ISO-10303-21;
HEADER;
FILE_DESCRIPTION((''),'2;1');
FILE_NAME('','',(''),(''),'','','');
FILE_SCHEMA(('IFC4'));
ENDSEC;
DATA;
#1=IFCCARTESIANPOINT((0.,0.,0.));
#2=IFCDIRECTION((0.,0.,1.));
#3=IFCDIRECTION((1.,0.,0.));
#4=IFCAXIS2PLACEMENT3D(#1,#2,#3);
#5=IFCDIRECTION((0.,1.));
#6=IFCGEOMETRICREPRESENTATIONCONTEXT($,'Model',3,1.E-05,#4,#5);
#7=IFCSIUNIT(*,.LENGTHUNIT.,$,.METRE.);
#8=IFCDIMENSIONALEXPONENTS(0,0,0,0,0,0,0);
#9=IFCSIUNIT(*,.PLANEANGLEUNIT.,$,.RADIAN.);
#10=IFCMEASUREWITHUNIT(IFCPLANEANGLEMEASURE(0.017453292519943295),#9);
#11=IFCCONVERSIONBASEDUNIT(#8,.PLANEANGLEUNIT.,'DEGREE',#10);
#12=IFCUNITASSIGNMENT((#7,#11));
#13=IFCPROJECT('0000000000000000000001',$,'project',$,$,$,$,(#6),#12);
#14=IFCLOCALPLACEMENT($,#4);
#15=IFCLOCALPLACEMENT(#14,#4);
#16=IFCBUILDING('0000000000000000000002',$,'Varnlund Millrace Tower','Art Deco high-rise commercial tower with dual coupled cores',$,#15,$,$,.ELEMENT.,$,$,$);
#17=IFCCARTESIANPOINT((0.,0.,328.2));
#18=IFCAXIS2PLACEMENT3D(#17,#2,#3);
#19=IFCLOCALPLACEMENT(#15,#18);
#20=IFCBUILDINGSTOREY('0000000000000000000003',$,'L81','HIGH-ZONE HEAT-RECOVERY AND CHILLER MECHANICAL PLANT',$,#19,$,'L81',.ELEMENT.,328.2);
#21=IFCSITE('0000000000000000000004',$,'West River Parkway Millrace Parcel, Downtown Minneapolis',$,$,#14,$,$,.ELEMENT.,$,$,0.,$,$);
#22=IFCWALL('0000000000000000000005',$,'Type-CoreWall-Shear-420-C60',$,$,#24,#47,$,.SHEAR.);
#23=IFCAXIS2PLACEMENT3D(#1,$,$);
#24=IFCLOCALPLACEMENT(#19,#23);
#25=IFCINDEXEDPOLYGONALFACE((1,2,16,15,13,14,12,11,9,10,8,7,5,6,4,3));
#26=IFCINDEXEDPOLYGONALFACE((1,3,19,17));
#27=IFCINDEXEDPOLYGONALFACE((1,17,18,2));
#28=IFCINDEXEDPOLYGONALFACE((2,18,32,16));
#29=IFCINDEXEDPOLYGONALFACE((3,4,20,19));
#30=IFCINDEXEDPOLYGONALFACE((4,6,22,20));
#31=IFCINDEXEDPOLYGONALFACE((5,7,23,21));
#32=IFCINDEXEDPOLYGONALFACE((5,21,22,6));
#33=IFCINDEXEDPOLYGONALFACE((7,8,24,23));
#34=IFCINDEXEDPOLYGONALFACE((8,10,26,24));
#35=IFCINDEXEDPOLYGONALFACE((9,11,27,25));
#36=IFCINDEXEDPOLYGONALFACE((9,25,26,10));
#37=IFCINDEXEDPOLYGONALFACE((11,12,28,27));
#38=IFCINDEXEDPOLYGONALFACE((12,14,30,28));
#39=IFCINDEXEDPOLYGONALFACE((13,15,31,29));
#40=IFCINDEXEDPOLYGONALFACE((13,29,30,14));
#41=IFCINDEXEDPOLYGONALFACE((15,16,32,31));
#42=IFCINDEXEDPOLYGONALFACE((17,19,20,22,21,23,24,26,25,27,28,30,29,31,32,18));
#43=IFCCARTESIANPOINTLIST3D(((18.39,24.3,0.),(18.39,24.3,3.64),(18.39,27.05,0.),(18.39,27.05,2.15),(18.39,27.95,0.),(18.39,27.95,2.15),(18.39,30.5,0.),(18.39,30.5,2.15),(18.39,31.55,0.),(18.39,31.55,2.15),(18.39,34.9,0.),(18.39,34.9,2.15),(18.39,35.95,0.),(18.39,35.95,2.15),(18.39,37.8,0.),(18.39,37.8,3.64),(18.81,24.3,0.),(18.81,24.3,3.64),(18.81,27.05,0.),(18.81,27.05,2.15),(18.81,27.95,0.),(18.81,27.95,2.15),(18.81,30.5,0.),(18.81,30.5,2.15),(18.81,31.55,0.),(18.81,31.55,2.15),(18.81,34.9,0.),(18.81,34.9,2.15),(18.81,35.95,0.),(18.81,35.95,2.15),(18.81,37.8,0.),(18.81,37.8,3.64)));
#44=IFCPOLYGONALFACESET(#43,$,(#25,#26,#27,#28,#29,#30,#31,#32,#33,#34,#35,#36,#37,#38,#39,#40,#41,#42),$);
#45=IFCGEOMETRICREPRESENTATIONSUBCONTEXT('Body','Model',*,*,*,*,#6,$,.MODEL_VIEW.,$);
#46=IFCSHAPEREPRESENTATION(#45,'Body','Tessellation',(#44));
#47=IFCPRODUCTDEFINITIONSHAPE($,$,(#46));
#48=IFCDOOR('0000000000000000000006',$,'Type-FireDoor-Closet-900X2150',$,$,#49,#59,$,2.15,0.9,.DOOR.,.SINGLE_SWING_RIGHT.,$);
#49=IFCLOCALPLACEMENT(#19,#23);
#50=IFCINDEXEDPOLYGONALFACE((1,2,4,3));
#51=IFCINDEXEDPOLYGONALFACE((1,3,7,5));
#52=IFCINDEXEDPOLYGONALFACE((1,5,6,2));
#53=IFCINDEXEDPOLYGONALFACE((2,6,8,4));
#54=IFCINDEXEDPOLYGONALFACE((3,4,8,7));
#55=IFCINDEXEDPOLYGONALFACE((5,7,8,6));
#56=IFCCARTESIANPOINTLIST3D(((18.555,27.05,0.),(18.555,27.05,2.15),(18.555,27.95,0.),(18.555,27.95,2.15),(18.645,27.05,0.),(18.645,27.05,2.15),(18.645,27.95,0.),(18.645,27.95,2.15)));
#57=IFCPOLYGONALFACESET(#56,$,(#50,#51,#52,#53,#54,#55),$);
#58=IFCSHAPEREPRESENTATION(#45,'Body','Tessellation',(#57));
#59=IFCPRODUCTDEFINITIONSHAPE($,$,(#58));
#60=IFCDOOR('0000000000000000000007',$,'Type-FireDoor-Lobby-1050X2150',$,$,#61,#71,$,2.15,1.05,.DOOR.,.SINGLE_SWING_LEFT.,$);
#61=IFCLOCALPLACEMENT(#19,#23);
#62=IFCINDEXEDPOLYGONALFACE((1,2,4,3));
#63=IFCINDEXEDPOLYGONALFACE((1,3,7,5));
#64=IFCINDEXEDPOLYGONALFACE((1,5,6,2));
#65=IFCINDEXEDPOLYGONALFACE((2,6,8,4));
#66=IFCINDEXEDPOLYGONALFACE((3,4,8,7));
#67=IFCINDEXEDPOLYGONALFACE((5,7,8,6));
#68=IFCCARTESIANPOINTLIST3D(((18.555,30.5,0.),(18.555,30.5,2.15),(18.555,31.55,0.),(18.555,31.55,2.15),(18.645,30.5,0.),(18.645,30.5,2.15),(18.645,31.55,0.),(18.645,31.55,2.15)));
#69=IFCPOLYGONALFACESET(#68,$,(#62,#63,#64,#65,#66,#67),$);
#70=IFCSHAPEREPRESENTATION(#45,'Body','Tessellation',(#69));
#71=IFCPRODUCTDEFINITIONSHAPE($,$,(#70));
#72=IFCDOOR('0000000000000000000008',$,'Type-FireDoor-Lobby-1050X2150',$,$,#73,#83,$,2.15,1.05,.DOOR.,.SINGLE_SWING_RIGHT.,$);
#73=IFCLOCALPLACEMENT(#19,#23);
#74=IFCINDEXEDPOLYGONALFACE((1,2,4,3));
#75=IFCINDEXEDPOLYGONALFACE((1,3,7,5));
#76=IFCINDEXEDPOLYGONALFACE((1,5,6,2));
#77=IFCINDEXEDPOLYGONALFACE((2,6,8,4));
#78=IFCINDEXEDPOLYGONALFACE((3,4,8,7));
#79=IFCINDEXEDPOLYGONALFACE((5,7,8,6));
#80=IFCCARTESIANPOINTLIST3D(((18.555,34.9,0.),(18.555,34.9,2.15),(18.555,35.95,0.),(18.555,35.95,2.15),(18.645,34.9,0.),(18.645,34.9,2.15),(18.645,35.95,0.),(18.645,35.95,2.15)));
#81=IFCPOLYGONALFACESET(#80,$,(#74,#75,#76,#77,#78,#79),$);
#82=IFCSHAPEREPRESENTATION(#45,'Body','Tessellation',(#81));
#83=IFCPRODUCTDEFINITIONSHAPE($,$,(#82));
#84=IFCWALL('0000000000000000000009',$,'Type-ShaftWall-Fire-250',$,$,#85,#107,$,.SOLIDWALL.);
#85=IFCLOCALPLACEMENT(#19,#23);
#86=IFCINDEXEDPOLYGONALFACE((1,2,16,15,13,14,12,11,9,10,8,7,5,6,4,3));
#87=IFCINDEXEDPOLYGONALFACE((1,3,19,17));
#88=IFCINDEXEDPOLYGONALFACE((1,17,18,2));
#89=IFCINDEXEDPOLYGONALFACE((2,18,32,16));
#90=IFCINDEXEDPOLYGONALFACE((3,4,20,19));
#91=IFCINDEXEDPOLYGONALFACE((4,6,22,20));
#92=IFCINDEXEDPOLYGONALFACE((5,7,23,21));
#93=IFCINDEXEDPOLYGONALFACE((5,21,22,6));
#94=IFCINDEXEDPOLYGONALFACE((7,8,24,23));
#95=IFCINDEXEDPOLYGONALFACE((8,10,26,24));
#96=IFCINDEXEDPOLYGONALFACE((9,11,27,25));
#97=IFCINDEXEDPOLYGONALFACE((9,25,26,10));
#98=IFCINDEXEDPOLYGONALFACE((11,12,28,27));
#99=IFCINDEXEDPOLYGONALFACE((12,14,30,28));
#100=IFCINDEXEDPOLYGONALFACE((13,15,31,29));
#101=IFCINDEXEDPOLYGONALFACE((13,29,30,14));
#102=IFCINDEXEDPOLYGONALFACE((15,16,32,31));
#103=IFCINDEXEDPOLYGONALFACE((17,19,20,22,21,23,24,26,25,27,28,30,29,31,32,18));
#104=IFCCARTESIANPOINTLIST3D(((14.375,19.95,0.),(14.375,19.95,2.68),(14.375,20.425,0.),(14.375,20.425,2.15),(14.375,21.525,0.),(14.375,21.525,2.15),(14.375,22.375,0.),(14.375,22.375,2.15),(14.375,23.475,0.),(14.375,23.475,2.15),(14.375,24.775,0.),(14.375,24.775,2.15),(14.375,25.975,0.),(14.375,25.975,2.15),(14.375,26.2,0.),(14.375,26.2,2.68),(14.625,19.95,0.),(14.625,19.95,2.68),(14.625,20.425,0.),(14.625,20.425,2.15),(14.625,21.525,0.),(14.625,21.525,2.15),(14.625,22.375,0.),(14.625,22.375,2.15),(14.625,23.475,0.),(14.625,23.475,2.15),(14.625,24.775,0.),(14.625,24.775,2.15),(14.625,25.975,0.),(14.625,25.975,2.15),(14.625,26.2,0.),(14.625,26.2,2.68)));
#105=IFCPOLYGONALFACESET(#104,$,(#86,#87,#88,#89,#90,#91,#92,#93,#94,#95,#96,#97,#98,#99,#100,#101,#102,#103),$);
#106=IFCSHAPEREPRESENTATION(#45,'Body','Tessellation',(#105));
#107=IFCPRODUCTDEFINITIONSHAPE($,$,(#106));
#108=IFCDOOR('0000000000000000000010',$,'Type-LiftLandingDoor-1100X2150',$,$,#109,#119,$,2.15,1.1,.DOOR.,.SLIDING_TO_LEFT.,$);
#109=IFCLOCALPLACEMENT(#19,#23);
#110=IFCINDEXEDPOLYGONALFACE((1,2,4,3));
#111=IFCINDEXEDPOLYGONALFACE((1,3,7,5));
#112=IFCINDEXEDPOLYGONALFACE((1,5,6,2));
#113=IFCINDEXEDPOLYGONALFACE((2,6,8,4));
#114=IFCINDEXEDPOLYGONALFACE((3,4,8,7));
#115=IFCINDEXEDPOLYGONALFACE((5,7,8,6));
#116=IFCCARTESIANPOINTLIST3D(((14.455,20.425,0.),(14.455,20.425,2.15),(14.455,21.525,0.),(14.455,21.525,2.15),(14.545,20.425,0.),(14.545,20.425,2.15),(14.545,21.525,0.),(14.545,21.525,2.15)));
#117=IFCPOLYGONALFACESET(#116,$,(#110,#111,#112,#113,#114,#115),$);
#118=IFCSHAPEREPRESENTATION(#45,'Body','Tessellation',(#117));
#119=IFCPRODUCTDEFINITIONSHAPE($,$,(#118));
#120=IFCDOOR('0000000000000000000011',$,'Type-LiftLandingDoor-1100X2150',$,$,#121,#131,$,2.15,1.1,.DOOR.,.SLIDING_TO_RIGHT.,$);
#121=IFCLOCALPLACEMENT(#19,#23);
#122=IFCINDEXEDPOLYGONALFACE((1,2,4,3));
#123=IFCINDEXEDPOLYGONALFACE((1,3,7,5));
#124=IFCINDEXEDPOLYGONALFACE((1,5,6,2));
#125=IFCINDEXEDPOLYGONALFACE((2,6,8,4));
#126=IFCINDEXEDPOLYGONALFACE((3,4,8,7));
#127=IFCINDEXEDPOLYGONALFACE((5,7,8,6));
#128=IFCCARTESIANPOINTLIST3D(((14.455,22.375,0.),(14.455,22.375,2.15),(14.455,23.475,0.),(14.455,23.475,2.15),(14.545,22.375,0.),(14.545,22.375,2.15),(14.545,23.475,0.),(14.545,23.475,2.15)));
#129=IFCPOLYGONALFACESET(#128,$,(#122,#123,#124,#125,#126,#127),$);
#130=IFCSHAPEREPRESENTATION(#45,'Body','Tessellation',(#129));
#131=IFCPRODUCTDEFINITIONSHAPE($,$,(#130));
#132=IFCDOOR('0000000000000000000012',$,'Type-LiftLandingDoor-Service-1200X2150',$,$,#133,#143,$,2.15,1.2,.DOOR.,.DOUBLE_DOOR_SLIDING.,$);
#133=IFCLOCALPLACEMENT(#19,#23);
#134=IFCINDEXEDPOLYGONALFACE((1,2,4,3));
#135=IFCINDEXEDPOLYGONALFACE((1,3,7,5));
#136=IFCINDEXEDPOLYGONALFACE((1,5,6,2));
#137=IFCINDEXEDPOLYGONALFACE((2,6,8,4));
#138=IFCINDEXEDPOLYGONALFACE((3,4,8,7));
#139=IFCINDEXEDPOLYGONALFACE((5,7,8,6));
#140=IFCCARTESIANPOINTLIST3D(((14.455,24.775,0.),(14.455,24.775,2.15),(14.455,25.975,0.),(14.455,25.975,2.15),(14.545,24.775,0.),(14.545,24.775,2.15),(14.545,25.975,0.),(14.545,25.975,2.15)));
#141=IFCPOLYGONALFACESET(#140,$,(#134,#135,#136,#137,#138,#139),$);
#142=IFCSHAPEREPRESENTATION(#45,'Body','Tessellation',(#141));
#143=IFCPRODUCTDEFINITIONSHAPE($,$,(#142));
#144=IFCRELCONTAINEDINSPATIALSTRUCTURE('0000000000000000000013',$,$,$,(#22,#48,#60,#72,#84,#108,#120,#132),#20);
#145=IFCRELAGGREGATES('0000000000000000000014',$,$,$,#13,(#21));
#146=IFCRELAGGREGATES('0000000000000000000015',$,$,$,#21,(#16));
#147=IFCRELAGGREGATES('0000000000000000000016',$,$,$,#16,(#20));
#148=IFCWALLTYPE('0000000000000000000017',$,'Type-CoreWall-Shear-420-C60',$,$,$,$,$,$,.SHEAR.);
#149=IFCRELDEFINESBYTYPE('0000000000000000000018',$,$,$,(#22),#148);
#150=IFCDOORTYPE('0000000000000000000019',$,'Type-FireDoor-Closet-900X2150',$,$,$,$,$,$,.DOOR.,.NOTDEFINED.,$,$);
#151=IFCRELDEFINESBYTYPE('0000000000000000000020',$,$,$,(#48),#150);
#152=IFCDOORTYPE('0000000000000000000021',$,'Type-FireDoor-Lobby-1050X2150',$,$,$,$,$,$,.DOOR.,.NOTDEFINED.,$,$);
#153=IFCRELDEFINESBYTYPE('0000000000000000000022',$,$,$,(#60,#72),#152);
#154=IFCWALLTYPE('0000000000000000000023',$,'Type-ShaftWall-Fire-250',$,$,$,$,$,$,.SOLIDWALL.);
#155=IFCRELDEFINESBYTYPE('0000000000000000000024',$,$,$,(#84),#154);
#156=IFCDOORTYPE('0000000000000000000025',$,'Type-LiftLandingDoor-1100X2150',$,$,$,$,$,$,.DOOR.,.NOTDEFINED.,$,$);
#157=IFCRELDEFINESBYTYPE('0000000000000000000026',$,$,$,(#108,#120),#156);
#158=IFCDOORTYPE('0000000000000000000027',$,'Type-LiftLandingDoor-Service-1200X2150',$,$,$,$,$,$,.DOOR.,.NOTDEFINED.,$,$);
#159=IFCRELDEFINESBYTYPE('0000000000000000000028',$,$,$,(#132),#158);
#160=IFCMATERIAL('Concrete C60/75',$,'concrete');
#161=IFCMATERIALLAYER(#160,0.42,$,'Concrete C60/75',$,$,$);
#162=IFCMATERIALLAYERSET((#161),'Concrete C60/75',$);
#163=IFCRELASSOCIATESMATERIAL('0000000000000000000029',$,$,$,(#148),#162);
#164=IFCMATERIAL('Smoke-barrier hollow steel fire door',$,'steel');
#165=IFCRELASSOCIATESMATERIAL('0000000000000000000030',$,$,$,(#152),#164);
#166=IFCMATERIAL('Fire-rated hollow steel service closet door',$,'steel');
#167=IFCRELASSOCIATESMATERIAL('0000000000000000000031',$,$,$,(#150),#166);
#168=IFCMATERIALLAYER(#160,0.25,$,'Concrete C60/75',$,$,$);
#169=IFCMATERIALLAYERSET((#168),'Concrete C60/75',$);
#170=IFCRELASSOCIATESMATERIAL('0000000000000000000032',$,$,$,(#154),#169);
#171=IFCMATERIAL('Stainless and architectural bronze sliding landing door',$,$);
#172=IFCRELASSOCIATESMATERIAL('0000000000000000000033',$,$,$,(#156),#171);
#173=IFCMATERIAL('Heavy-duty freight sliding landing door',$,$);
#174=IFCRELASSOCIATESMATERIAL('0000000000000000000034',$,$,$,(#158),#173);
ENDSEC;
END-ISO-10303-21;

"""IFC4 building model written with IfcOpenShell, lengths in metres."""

from ifc_helpers import new_model, entity, si_unit, converted_unit, direction, frame, origin_with_axes, origin_2d_with_axis, place, context, subcontext, project, spatial, polyline, rectangle, outline, extrude, material, layer, layer_set, type_object, element, fill, save


model = new_model("IFC4")

# Units and contexts
model_context = context("Model", 3, precision=1e-05, world=origin_with_axes(), true_north=direction((0.0, 1.0)))
body_context = subcontext(model_context, "Body", "Model", "MODEL_VIEW")
ifc_project = project(units=[si_unit("LENGTHUNIT", "METRE"), converted_unit("PLANEANGLEUNIT", "DEGREE", entity("IfcPlaneAngleMeasure", 0.017453292519943295), si_unit("PLANEANGLEUNIT", "RADIAN"), dimensions=[0, 0, 0, 0, 0, 0, 0])], contexts=[model_context])

# Site, building, storey
site_placement = place(None, origin_with_axes())
site = spatial("IfcSite", under=ifc_project, at=site_placement, Name="West River Parkway Millrace Parcel, Downtown Minneapolis", CompositionType="ELEMENT", RefElevation=0.0)
building_placement = place(site_placement, origin_with_axes())
building = spatial("IfcBuilding", under=site, at=building_placement, Name="Varnlund Millrace Tower", Description="Art Deco high-rise commercial tower with dual coupled cores", CompositionType="ELEMENT")
storey_placement = place(building_placement, frame((0.0, 0.0, 328.2), z_axis=(0.0, 0.0, 1.0), x_axis=(1.0, 0.0, 0.0)))
storey = spatial("IfcBuildingStorey", under=building, at=storey_placement, Name="L81", Description="HIGH-ZONE HEAT-RECOVERY AND CHILLER MECHANICAL PLANT", LongName="L81", CompositionType="ELEMENT", Elevation=328.2)

# Shared definitions
ifc_material_1 = material(Name="Concrete C60/75", Category="concrete")

# Shared definitions
ifc_layer_1 = layer(ifc_material_1, 0.42, Name="Concrete C60/75")
ifc_layer_set_1 = layer_set([ifc_layer_1], Name="Concrete C60/75")
wall_type_1 = type_object("IfcWallType", Name="Type-CoreWall-Shear-420-C60", PredefinedType="SHEAR", material=ifc_layer_set_1)

# Walls, openings, doors
ifc_material_2 = material(Name="Smoke-barrier hollow steel fire door", Category="steel")
door_type_1 = type_object("IfcDoorType", Name="Type-FireDoor-Lobby-1050X2150", OperationType="NOTDEFINED", PredefinedType="DOOR", material=ifc_material_2)
wall_1_placement = place(storey_placement, frame((18.6, 24.3, 0.0), z_axis=(0.0, 0.0, 1.0), x_axis=(0.0, 1.0, 0.0)))
wall_1 = element("IfcWall", 1, at=wall_1_placement, inside=storey, type_object=wall_type_1, Name="Type-CoreWall-Shear-420-C60", PredefinedType="SHEAR", context=body_context, shape_type="SweptSolid", body=[
    extrude(outline(polyline([(0.0, -0.21), (13.5, -0.21), (13.5, 0.21), (0.0, 0.21), (0.0, -0.21)])), origin_with_axes(), (0.0, 0.0, 1.0), 3.64),
])
opening_1_placement = place(wall_1_placement, frame((3.2, 0.0, 0.0), z_axis=(0.0, 0.0, 1.0), x_axis=(1.0, 0.0, 0.0)))
opening_1 = element("IfcOpeningElement", 2, at=opening_1_placement, cuts=wall_1, PredefinedType="OPENING", context=body_context, shape_type="SweptSolid", body=[
    extrude(rectangle(XDim=0.9, YDim=0.44, at=origin_2d_with_axis()), origin_with_axes(), (0.0, 0.0, 1.0), 2.15),
])
opening_2_placement = place(wall_1_placement, frame((6.725, 0.0, 0.0), z_axis=(0.0, 0.0, 1.0), x_axis=(1.0, 0.0, 0.0)))
opening_2 = element("IfcOpeningElement", 3, at=opening_2_placement, cuts=wall_1, PredefinedType="OPENING", context=body_context, shape_type="SweptSolid", body=[
    extrude(rectangle(XDim=1.05, YDim=0.44, at=origin_2d_with_axis()), origin_with_axes(), (0.0, 0.0, 1.0), 2.15),
])
opening_3_placement = place(wall_1_placement, frame((11.125, 0.0, 0.0), z_axis=(0.0, 0.0, 1.0), x_axis=(1.0, 0.0, 0.0)))
opening_3 = element("IfcOpeningElement", 4, at=opening_3_placement, cuts=wall_1, PredefinedType="OPENING", context=body_context, shape_type="SweptSolid", body=[
    extrude(rectangle(XDim=1.05, YDim=0.44, at=origin_2d_with_axis()), origin_with_axes(), (0.0, 0.0, 1.0), 2.15),
])
ifc_material_3 = material(Name="Fire-rated hollow steel service closet door", Category="steel")
door_type_2 = type_object("IfcDoorType", Name="Type-FireDoor-Closet-900X2150", OperationType="NOTDEFINED", PredefinedType="DOOR", material=ifc_material_3)
door_1_placement = place(wall_1_placement, frame((3.2, 0.0, 0.0), z_axis=(0.0, 0.0, 1.0), x_axis=(1.0, 0.0, 0.0)))
door_1 = element("IfcDoor", 5, at=door_1_placement, inside=storey, type_object=door_type_2, Name="Type-FireDoor-Closet-900X2150", OperationType="SINGLE_SWING_RIGHT", OverallHeight=2.15, OverallWidth=0.9, PredefinedType="DOOR", context=body_context, shape_type="SweptSolid", body=[
    extrude(rectangle(XDim=0.9, YDim=0.09, at=origin_2d_with_axis()), origin_with_axes(), (0.0, 0.0, 1.0), 2.15),
])
fill(opening_1, door_1)
door_2_placement = place(wall_1_placement, frame((6.725, 0.0, 0.0), z_axis=(0.0, 0.0, 1.0), x_axis=(1.0, 0.0, 0.0)))
door_2 = element("IfcDoor", 6, at=door_2_placement, inside=storey, type_object=door_type_1, Name="Type-FireDoor-Lobby-1050X2150", OperationType="SINGLE_SWING_LEFT", OverallHeight=2.15, OverallWidth=1.05, PredefinedType="DOOR", context=body_context, shape_type="SweptSolid", body=[
    extrude(rectangle(XDim=1.05, YDim=0.09, at=origin_2d_with_axis()), origin_with_axes(), (0.0, 0.0, 1.0), 2.15),
])
fill(opening_2, door_2)
door_3_placement = place(wall_1_placement, frame((11.125, 0.0, 0.0), z_axis=(0.0, 0.0, 1.0), x_axis=(1.0, 0.0, 0.0)))
door_3 = element("IfcDoor", 7, at=door_3_placement, inside=storey, type_object=door_type_1, Name="Type-FireDoor-Lobby-1050X2150", OperationType="SINGLE_SWING_RIGHT", OverallHeight=2.15, OverallWidth=1.05, PredefinedType="DOOR", context=body_context, shape_type="SweptSolid", body=[
    extrude(rectangle(XDim=1.05, YDim=0.09, at=origin_2d_with_axis()), origin_with_axes(), (0.0, 0.0, 1.0), 2.15),
])
fill(opening_3, door_3)
ifc_layer_2 = layer(ifc_material_1, 0.25, Name="Concrete C60/75")
ifc_layer_set_2 = layer_set([ifc_layer_2], Name="Concrete C60/75")
wall_type_2 = type_object("IfcWallType", Name="Type-ShaftWall-Fire-250", PredefinedType="SOLIDWALL", material=ifc_layer_set_2)
wall_2_placement = place(storey_placement, frame((14.5, 19.95, 0.0), z_axis=(0.0, 0.0, 1.0), x_axis=(0.0, 1.0, 0.0)))
wall_2 = element("IfcWall", 8, at=wall_2_placement, inside=storey, type_object=wall_type_2, Name="Type-ShaftWall-Fire-250", PredefinedType="SOLIDWALL", context=body_context, shape_type="SweptSolid", body=[
    extrude(outline(polyline([(0.0, -0.125), (6.25, -0.125), (6.25, 0.125), (0.0, 0.125), (0.0, -0.125)])), origin_with_axes(), (0.0, 0.0, 1.0), 2.68),
])
opening_4_placement = place(wall_2_placement, frame((1.025, 0.0, 0.0), z_axis=(0.0, 0.0, 1.0), x_axis=(1.0, 0.0, 0.0)))
opening_4 = element("IfcOpeningElement", 9, at=opening_4_placement, cuts=wall_2, PredefinedType="OPENING", context=body_context, shape_type="SweptSolid", body=[
    extrude(rectangle(XDim=1.1, YDim=0.27, at=origin_2d_with_axis()), origin_with_axes(), (0.0, 0.0, 1.0), 2.15),
])
opening_5_placement = place(wall_2_placement, frame((2.975, 0.0, 0.0), z_axis=(0.0, 0.0, 1.0), x_axis=(1.0, 0.0, 0.0)))
opening_5 = element("IfcOpeningElement", 10, at=opening_5_placement, cuts=wall_2, PredefinedType="OPENING", context=body_context, shape_type="SweptSolid", body=[
    extrude(rectangle(XDim=1.1, YDim=0.27, at=origin_2d_with_axis()), origin_with_axes(), (0.0, 0.0, 1.0), 2.15),
])
opening_6_placement = place(wall_2_placement, frame((5.425, 0.0, 0.0), z_axis=(0.0, 0.0, 1.0), x_axis=(1.0, 0.0, 0.0)))
opening_6 = element("IfcOpeningElement", 11, at=opening_6_placement, cuts=wall_2, PredefinedType="OPENING", context=body_context, shape_type="SweptSolid", body=[
    extrude(rectangle(XDim=1.2, YDim=0.27, at=origin_2d_with_axis()), origin_with_axes(), (0.0, 0.0, 1.0), 2.15),
])
ifc_material_4 = material(Name="Stainless and architectural bronze sliding landing door")
door_type_3 = type_object("IfcDoorType", Name="Type-LiftLandingDoor-1100X2150", OperationType="NOTDEFINED", PredefinedType="DOOR", material=ifc_material_4)
door_4_placement = place(wall_2_placement, frame((1.025, 0.0, 0.0), z_axis=(0.0, 0.0, 1.0), x_axis=(1.0, 0.0, 0.0)))
door_4 = element("IfcDoor", 12, at=door_4_placement, inside=storey, type_object=door_type_3, Name="Type-LiftLandingDoor-1100X2150", OperationType="SLIDING_TO_LEFT", OverallHeight=2.15, OverallWidth=1.1, PredefinedType="DOOR", context=body_context, shape_type="SweptSolid", body=[
    extrude(rectangle(XDim=1.1, YDim=0.09, at=origin_2d_with_axis()), origin_with_axes(), (0.0, 0.0, 1.0), 2.15),
])
fill(opening_4, door_4)
door_5_placement = place(wall_2_placement, frame((2.975, 0.0, 0.0), z_axis=(0.0, 0.0, 1.0), x_axis=(1.0, 0.0, 0.0)))
door_5 = element("IfcDoor", 13, at=door_5_placement, inside=storey, type_object=door_type_3, Name="Type-LiftLandingDoor-1100X2150", OperationType="SLIDING_TO_RIGHT", OverallHeight=2.15, OverallWidth=1.1, PredefinedType="DOOR", context=body_context, shape_type="SweptSolid", body=[
    extrude(rectangle(XDim=1.1, YDim=0.09, at=origin_2d_with_axis()), origin_with_axes(), (0.0, 0.0, 1.0), 2.15),
])
fill(opening_5, door_5)
ifc_material_5 = material(Name="Heavy-duty freight sliding landing door")
door_type_4 = type_object("IfcDoorType", Name="Type-LiftLandingDoor-Service-1200X2150", OperationType="NOTDEFINED", PredefinedType="DOOR", material=ifc_material_5)
door_6_placement = place(wall_2_placement, frame((5.425, 0.0, 0.0), z_axis=(0.0, 0.0, 1.0), x_axis=(1.0, 0.0, 0.0)))
door_6 = element("IfcDoor", 14, at=door_6_placement, inside=storey, type_object=door_type_4, Name="Type-LiftLandingDoor-Service-1200X2150", OperationType="DOUBLE_DOOR_SLIDING", OverallHeight=2.15, OverallWidth=1.2, PredefinedType="DOOR", context=body_context, shape_type="SweptSolid", body=[
    extrude(rectangle(XDim=1.2, YDim=0.09, at=origin_2d_with_axis()), origin_with_axes(), (0.0, 0.0, 1.0), 2.15),
])
fill(opening_6, door_6)

save(model, "model.ifc")
